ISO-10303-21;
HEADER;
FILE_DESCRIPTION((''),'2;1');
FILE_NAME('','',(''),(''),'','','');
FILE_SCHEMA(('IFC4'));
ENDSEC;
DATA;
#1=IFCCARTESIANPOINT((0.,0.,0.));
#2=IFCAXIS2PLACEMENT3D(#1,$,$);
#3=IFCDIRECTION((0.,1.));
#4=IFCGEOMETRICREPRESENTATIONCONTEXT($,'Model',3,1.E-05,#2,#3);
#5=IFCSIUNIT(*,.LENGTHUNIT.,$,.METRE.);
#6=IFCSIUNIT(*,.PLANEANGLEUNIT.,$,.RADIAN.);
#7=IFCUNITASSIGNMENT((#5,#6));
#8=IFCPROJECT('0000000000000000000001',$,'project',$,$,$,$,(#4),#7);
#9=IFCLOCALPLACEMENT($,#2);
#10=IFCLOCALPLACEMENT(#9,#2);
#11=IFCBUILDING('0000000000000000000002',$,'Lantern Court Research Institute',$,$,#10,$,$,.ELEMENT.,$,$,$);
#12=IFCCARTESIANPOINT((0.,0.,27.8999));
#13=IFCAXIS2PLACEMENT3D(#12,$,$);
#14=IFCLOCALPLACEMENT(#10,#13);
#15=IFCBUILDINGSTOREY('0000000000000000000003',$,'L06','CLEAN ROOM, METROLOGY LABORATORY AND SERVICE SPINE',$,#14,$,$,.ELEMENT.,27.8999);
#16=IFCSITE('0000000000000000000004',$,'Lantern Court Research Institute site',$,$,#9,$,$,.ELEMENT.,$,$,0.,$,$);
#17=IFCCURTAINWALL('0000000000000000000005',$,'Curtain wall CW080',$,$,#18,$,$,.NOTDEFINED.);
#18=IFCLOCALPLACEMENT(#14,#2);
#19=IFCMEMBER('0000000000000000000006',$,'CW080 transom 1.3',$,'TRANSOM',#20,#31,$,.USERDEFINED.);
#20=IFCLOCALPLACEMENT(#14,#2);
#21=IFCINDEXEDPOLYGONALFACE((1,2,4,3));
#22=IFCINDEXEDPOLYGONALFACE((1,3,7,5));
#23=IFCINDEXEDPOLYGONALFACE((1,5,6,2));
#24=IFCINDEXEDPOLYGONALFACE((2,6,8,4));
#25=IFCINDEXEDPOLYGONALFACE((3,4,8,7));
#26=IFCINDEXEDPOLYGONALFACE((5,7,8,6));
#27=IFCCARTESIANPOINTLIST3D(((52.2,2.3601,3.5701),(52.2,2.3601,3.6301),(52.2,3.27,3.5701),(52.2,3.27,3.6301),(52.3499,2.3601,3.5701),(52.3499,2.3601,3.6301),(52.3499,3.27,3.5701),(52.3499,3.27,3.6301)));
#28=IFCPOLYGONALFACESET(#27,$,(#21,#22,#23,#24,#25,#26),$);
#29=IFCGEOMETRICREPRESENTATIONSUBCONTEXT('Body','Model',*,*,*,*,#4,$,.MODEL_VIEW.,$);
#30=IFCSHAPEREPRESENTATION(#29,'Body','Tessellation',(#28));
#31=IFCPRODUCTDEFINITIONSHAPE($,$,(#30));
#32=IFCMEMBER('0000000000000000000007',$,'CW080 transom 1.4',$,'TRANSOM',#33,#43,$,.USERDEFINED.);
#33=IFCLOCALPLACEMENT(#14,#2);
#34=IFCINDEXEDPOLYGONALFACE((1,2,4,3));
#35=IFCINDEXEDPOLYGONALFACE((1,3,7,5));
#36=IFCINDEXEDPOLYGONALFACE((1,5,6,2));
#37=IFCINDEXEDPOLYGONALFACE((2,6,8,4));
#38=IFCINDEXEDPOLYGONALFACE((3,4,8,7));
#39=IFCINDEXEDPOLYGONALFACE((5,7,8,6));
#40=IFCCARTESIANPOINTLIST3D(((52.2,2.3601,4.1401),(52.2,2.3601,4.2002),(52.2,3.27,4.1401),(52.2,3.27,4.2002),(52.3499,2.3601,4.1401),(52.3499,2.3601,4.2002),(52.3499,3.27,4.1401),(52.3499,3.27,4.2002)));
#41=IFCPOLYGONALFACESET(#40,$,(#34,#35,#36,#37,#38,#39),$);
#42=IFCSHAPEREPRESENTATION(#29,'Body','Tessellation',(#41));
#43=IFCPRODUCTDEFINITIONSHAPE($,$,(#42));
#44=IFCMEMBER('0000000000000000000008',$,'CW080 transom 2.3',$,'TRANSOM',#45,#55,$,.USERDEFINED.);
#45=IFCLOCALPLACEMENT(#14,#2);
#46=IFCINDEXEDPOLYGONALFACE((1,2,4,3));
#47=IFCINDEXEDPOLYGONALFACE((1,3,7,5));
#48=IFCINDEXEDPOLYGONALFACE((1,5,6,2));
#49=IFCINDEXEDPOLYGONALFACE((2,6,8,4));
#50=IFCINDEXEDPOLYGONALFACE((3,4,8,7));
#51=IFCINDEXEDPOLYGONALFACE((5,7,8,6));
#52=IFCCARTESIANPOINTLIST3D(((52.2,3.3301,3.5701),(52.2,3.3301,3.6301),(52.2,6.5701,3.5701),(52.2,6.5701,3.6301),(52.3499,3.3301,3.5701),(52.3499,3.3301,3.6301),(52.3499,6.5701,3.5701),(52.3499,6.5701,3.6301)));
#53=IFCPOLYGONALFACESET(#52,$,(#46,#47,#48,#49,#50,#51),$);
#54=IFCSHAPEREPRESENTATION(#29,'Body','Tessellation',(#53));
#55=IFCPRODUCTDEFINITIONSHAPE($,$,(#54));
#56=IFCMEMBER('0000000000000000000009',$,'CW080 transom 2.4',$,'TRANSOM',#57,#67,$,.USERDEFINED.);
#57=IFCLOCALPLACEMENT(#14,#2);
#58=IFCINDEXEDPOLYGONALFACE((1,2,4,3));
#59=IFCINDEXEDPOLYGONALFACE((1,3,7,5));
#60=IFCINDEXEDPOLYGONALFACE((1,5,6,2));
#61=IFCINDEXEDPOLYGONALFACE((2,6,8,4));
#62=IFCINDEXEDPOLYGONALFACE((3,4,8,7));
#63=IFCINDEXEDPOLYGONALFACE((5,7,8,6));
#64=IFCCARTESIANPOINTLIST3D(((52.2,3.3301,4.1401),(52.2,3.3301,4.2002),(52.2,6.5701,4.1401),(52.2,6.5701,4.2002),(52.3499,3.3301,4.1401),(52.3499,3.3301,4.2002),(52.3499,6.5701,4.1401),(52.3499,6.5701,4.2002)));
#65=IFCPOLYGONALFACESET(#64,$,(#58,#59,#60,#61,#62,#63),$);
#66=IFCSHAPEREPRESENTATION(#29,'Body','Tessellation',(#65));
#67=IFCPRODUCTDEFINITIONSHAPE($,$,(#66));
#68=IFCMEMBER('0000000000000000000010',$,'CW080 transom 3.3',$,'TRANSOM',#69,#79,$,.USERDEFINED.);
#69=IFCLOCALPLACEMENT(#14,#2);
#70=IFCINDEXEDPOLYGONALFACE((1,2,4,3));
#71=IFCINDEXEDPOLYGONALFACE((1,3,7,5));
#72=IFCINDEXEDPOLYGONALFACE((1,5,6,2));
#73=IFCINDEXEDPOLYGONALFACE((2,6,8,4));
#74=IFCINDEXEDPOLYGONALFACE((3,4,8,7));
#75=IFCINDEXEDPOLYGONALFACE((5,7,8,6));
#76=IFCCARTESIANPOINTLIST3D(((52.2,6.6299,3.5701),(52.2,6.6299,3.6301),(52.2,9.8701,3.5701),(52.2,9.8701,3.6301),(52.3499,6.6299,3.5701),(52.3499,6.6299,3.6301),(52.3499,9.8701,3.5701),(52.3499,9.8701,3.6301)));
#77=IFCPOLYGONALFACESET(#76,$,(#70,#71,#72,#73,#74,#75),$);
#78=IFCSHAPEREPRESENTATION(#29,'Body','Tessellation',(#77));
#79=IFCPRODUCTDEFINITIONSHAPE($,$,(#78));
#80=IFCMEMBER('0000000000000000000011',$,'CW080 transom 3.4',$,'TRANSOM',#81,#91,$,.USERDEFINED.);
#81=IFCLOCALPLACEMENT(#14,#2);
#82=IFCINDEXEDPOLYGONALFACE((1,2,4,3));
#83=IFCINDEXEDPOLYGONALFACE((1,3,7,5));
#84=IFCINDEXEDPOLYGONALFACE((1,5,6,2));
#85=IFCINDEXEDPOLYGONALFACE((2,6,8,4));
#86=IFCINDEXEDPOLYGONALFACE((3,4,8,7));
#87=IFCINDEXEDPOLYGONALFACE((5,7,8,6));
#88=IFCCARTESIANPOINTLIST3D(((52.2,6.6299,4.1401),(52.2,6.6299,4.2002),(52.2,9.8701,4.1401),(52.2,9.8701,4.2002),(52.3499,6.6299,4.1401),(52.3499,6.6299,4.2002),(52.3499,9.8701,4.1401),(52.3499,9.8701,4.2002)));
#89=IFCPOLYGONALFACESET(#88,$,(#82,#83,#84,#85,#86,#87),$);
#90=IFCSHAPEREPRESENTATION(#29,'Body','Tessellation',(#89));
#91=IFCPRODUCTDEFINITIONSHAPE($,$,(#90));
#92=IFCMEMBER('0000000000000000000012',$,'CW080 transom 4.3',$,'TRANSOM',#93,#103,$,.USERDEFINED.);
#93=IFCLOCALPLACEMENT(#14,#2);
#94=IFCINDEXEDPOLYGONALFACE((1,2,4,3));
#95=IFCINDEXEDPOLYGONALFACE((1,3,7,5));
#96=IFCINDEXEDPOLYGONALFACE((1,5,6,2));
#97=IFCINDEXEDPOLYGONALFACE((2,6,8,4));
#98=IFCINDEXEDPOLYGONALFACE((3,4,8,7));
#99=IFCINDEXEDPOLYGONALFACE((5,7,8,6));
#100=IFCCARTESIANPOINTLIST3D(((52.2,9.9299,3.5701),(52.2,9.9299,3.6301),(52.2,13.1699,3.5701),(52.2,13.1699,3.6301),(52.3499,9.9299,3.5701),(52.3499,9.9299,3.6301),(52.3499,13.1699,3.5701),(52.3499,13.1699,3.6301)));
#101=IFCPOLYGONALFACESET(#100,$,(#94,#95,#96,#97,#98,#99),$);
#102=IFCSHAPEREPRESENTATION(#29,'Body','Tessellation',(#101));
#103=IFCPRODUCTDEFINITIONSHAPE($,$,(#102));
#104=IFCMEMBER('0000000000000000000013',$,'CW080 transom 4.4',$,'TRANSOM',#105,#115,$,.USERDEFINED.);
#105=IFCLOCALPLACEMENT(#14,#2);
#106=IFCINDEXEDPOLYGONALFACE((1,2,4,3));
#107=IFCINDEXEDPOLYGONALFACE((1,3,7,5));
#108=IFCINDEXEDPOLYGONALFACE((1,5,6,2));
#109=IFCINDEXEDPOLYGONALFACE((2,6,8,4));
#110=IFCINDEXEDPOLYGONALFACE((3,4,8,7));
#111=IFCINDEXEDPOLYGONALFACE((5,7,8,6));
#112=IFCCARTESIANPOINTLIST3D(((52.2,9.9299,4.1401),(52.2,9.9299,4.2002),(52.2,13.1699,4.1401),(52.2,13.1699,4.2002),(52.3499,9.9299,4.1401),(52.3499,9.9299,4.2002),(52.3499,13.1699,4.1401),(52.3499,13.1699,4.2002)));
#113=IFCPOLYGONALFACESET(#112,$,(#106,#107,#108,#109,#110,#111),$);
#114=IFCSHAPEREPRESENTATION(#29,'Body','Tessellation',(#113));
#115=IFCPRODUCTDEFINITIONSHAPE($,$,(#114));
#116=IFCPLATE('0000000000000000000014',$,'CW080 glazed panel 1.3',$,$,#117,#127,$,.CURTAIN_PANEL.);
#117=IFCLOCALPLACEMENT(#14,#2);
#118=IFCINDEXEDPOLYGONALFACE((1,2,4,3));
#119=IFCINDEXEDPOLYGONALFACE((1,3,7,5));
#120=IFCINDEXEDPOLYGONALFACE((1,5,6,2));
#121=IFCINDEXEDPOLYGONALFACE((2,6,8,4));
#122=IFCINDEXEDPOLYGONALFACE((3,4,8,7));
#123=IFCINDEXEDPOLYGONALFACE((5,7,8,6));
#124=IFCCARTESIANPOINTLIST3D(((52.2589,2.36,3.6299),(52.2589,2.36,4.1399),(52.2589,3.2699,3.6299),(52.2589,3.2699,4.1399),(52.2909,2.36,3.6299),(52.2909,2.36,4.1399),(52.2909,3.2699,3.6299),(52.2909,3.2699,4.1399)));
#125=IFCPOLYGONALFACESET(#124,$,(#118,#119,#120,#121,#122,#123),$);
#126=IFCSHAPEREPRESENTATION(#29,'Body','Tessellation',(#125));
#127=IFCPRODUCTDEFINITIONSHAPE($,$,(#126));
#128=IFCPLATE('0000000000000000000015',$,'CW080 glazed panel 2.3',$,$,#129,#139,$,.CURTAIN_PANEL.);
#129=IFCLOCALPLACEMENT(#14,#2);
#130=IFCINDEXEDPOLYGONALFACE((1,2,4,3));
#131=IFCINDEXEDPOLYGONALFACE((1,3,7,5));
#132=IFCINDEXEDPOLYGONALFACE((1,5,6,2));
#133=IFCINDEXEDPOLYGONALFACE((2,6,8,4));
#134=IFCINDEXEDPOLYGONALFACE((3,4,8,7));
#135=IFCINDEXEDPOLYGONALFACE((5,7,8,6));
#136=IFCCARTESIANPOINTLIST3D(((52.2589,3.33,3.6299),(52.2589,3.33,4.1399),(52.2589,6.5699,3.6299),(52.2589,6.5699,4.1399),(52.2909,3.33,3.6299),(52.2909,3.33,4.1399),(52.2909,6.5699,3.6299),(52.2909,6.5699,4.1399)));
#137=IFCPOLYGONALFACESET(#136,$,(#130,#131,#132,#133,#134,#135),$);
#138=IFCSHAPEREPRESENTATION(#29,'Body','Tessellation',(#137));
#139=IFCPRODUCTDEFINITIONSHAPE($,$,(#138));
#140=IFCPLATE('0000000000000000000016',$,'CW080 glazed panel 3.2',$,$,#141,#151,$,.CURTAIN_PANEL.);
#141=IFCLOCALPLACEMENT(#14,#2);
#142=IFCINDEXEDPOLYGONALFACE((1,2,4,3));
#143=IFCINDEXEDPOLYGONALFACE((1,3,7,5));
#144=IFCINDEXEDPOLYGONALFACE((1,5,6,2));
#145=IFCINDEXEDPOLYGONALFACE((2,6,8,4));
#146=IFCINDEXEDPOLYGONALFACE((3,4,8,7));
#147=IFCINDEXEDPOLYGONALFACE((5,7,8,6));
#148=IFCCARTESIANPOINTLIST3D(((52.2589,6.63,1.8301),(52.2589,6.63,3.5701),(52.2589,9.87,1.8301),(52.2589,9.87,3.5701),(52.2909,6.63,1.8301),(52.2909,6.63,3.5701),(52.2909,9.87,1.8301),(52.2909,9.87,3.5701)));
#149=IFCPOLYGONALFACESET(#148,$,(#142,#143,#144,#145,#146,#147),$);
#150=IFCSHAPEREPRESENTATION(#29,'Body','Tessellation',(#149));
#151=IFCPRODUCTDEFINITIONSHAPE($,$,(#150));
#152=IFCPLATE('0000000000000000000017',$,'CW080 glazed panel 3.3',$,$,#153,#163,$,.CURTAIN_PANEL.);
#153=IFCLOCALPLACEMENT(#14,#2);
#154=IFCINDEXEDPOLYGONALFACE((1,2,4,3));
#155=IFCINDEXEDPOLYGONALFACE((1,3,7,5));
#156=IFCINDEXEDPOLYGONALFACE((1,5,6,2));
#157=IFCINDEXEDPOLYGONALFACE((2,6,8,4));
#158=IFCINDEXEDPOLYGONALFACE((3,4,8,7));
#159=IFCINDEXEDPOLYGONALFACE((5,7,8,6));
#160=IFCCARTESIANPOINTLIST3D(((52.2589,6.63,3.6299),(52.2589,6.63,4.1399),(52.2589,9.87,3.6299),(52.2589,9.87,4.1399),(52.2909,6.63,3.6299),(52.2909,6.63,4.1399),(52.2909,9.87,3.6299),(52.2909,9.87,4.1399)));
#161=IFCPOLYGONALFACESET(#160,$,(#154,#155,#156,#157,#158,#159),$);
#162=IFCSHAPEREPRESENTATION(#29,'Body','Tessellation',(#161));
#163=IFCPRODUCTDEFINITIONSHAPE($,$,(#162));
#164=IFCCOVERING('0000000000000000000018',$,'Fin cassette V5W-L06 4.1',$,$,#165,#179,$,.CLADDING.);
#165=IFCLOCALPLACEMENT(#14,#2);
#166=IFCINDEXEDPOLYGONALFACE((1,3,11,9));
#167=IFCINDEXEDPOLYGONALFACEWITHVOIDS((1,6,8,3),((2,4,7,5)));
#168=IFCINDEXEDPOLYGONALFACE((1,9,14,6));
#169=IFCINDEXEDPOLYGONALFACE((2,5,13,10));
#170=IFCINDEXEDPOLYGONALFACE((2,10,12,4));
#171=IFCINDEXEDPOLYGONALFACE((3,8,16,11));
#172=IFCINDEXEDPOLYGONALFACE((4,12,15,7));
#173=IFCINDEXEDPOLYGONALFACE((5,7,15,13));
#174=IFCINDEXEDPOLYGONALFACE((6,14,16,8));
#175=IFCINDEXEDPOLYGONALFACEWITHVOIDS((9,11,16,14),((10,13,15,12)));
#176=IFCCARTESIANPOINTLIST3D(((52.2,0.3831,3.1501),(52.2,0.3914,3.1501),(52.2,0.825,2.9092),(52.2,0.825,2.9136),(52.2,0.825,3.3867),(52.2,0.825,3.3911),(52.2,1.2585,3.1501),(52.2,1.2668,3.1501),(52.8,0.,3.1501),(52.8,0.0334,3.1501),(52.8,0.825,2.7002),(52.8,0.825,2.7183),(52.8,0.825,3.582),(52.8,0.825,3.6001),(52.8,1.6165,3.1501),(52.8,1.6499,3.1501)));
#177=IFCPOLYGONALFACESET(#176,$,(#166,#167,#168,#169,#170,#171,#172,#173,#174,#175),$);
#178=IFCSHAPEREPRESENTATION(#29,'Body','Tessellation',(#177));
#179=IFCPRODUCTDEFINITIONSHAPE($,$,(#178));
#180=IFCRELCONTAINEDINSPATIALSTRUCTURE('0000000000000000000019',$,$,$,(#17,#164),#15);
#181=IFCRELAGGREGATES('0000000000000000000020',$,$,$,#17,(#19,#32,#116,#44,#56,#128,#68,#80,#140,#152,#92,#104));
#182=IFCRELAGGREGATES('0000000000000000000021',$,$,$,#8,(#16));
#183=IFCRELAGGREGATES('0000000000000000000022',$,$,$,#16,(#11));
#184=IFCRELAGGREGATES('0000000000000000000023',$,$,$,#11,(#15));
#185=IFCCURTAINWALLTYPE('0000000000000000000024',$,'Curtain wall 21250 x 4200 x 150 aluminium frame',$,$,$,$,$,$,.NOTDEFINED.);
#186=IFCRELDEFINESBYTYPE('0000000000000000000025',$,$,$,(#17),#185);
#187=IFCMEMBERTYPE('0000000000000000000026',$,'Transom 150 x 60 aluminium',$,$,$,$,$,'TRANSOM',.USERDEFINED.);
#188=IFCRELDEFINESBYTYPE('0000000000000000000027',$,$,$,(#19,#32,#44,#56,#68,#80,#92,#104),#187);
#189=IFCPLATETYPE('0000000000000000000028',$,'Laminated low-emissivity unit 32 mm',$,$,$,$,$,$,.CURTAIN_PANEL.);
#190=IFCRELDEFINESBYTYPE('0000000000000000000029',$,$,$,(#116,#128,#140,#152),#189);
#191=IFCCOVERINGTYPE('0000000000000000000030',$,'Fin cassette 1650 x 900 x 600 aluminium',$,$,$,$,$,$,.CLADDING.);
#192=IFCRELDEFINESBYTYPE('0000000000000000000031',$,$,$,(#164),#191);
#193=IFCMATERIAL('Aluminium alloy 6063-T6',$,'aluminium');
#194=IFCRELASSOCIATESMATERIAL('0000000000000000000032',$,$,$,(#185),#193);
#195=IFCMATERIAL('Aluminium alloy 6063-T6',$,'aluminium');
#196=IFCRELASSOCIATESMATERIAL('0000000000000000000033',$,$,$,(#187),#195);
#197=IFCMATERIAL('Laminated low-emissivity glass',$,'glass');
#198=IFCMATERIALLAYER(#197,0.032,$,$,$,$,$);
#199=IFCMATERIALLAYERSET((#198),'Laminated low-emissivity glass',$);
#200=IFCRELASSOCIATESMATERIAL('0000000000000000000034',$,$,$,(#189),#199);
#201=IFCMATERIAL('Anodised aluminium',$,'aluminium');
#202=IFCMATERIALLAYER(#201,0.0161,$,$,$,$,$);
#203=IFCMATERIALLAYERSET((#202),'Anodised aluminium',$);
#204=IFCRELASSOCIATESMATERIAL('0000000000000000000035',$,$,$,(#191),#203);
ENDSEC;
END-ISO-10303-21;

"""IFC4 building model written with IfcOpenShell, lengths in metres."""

from ifc_helpers import new_model, entity, si_unit, direction, frame, origin, origin_2d, place, context, subcontext, project, spatial, rectangle, extrude, material, layer, layer_set, material_profile, profile_set, type_object, element, aggregate, save


model = new_model("IFC4")

# Units and contexts
model_context = context("Model", 3, precision=1e-05, world=origin(), true_north=direction((0.0, 1.0)))
body_context = subcontext(model_context, "Body", "Model", "MODEL_VIEW")
ifc_project = project(units=[si_unit("LENGTHUNIT", "METRE"), si_unit("PLANEANGLEUNIT", "RADIAN")], contexts=[model_context])

# Site, building, storey
site_placement = place(None, origin())
site = spatial("IfcSite", under=ifc_project, at=site_placement, Name="Lantern Court Research Institute site", CompositionType="ELEMENT", RefElevation=0.0)
building_placement = place(site_placement, origin())
building = spatial("IfcBuilding", under=site, at=building_placement, Name="Lantern Court Research Institute", CompositionType="ELEMENT")
storey_placement = place(building_placement, frame((0.0, 0.0, 27.8999)))
storey = spatial("IfcBuildingStorey", under=building, at=storey_placement, Name="L06", Description="CLEAN ROOM, METROLOGY LABORATORY AND SERVICE SPINE", CompositionType="ELEMENT", Elevation=27.8999)

# Curtain wall, members, plates
ifc_material_1 = material(Name="Aluminium alloy 6063-T6", Category="aluminium")
curtain_wall_type = type_object("IfcCurtainWallType", Name="Curtain wall 21250 x 4200 x 150 aluminium frame", PredefinedType="NOTDEFINED", material=ifc_material_1)
curtain_wall_placement = place(storey_placement, origin())
curtain_wall = element("IfcCurtainWall", 1, at=curtain_wall_placement, inside=storey, type_object=curtain_wall_type, Name="Curtain wall CW080", PredefinedType="NOTDEFINED")
ifc_material_2 = material(Name="Aluminium alloy 6063-T6", Category="aluminium")
ifc_material_profile = material_profile(ifc_material_2, rectangle(XDim=0.1499, YDim=0.0601, at=origin_2d()), Name="Transom 150 x 60")
ifc_profile_set = profile_set([ifc_material_profile], Name="Aluminium alloy 6063-T6")
member_type = type_object("IfcMemberType", Name="Transom 150 x 60 aluminium", ElementType="TRANSOM", PredefinedType="USERDEFINED", material=ifc_profile_set)
member_1_placement = place(storey_placement, frame((52.2749, 2.3601, 3.6001), z_axis=(0.0, 1.0, 0.0), x_axis=(-1.0, 0.0, 0.0)))
member_1 = element("IfcMember", 2, at=member_1_placement, type_object=member_type, Name="CW080 transom 1.3", ObjectType="TRANSOM", PredefinedType="USERDEFINED", context=body_context, shape_type="SweptSolid", body=[
    extrude(rectangle(XDim=0.1499, YDim=0.0601, at=origin_2d()), origin(), (0.0, 0.0, 1.0), 0.9099),
])
member_2_placement = place(storey_placement, frame((52.2749, 2.3601, 4.1702), z_axis=(0.0, 1.0, 0.0), x_axis=(-1.0, 0.0, 0.0)))
member_2 = element("IfcMember", 3, at=member_2_placement, type_object=member_type, Name="CW080 transom 1.4", ObjectType="TRANSOM", PredefinedType="USERDEFINED", context=body_context, shape_type="SweptSolid", body=[
    extrude(rectangle(XDim=0.1499, YDim=0.0601, at=origin_2d()), origin(), (0.0, 0.0, 1.0), 0.9099),
])
member_3_placement = place(storey_placement, frame((52.2749, 3.3301, 3.6001), z_axis=(0.0, 1.0, 0.0), x_axis=(-1.0, 0.0, 0.0)))
member_3 = element("IfcMember", 4, at=member_3_placement, type_object=member_type, Name="CW080 transom 2.3", ObjectType="TRANSOM", PredefinedType="USERDEFINED", context=body_context, shape_type="SweptSolid", body=[
    extrude(rectangle(XDim=0.1499, YDim=0.0601, at=origin_2d()), origin(), (0.0, 0.0, 1.0), 3.24),
])
member_4_placement = place(storey_placement, frame((52.2749, 3.3301, 4.1702), z_axis=(0.0, 1.0, 0.0), x_axis=(-1.0, 0.0, 0.0)))
member_4 = element("IfcMember", 5, at=member_4_placement, type_object=member_type, Name="CW080 transom 2.4", ObjectType="TRANSOM", PredefinedType="USERDEFINED", context=body_context, shape_type="SweptSolid", body=[
    extrude(rectangle(XDim=0.1499, YDim=0.0601, at=origin_2d()), origin(), (0.0, 0.0, 1.0), 3.24),
])
member_5_placement = place(storey_placement, frame((52.2749, 6.6299, 3.6001), z_axis=(0.0, 1.0, 0.0), x_axis=(-1.0, 0.0, 0.0)))
member_5 = element("IfcMember", 6, at=member_5_placement, type_object=member_type, Name="CW080 transom 3.3", ObjectType="TRANSOM", PredefinedType="USERDEFINED", context=body_context, shape_type="SweptSolid", body=[
    extrude(rectangle(XDim=0.1499, YDim=0.0601, at=origin_2d()), origin(), (0.0, 0.0, 1.0), 3.2402),
])
member_6_placement = place(storey_placement, frame((52.2749, 6.6299, 4.1702), z_axis=(0.0, 1.0, 0.0), x_axis=(-1.0, 0.0, 0.0)))
member_6 = element("IfcMember", 7, at=member_6_placement, type_object=member_type, Name="CW080 transom 3.4", ObjectType="TRANSOM", PredefinedType="USERDEFINED", context=body_context, shape_type="SweptSolid", body=[
    extrude(rectangle(XDim=0.1499, YDim=0.0601, at=origin_2d()), origin(), (0.0, 0.0, 1.0), 3.2402),
])
member_7_placement = place(storey_placement, frame((52.2749, 9.9299, 3.6001), z_axis=(0.0, 1.0, 0.0), x_axis=(-1.0, 0.0, 0.0)))
member_7 = element("IfcMember", 8, at=member_7_placement, type_object=member_type, Name="CW080 transom 4.3", ObjectType="TRANSOM", PredefinedType="USERDEFINED", context=body_context, shape_type="SweptSolid", body=[
    extrude(rectangle(XDim=0.1499, YDim=0.0601, at=origin_2d()), origin(), (0.0, 0.0, 1.0), 3.24),
])
member_8_placement = place(storey_placement, frame((52.2749, 9.9299, 4.1702), z_axis=(0.0, 1.0, 0.0), x_axis=(-1.0, 0.0, 0.0)))
member_8 = element("IfcMember", 9, at=member_8_placement, type_object=member_type, Name="CW080 transom 4.4", ObjectType="TRANSOM", PredefinedType="USERDEFINED", context=body_context, shape_type="SweptSolid", body=[
    extrude(rectangle(XDim=0.1499, YDim=0.0601, at=origin_2d()), origin(), (0.0, 0.0, 1.0), 3.24),
])
ifc_material_3 = material(Name="Laminated low-emissivity glass", Category="glass")
ifc_layer_1 = layer(ifc_material_3, 0.032)
ifc_layer_set_1 = layer_set([ifc_layer_1], Name="Laminated low-emissivity glass")
plate_type = type_object("IfcPlateType", Name="Laminated low-emissivity unit 32 mm", PredefinedType="CURTAIN_PANEL", material=ifc_layer_set_1)
plate_1_placement = place(storey_placement, frame((52.2749, 2.8149, 3.6299), z_axis=(0.0, 0.0, 1.0), x_axis=(0.0, 1.0, 0.0)))
plate_1 = element("IfcPlate", 10, at=plate_1_placement, type_object=plate_type, Name="CW080 glazed panel 1.3", PredefinedType="CURTAIN_PANEL", context=body_context, shape_type="SweptSolid", body=[
    extrude(rectangle(XDim=0.9099, YDim=0.032, at=origin_2d()), origin(), (0.0, 0.0, 1.0), 0.51),
])
plate_2_placement = place(storey_placement, frame((52.2749, 4.95, 3.6299), z_axis=(0.0, 0.0, 1.0), x_axis=(0.0, 1.0, 0.0)))
plate_2 = element("IfcPlate", 11, at=plate_2_placement, type_object=plate_type, Name="CW080 glazed panel 2.3", PredefinedType="CURTAIN_PANEL", context=body_context, shape_type="SweptSolid", body=[
    extrude(rectangle(XDim=3.24, YDim=0.032, at=origin_2d()), origin(), (0.0, 0.0, 1.0), 0.51),
])
plate_3_placement = place(storey_placement, frame((52.2749, 8.25, 1.8301), z_axis=(0.0, 0.0, 1.0), x_axis=(0.0, 1.0, 0.0)))
plate_3 = element("IfcPlate", 12, at=plate_3_placement, type_object=plate_type, Name="CW080 glazed panel 3.2", PredefinedType="CURTAIN_PANEL", context=body_context, shape_type="SweptSolid", body=[
    extrude(rectangle(XDim=3.24, YDim=0.032, at=origin_2d()), origin(), (0.0, 0.0, 1.0), 1.74),
])
plate_4_placement = place(storey_placement, frame((52.2749, 8.25, 3.6299), z_axis=(0.0, 0.0, 1.0), x_axis=(0.0, 1.0, 0.0)))
plate_4 = element("IfcPlate", 13, at=plate_4_placement, type_object=plate_type, Name="CW080 glazed panel 3.3", PredefinedType="CURTAIN_PANEL", context=body_context, shape_type="SweptSolid", body=[
    extrude(rectangle(XDim=3.24, YDim=0.032, at=origin_2d()), origin(), (0.0, 0.0, 1.0), 0.51),
])
aggregate(curtain_wall, [member_1, member_2, plate_1, member_3, member_4, plate_2, member_5, member_6, plate_3, plate_4, member_7, member_8])

# Covering
ifc_material_4 = material(Name="Anodised aluminium", Category="aluminium")
ifc_layer_2 = layer(ifc_material_4, 0.0161)
ifc_layer_set_2 = layer_set([ifc_layer_2], Name="Anodised aluminium")
covering_type = type_object("IfcCoveringType", Name="Fin cassette 1650 x 900 x 600 aluminium", PredefinedType="CLADDING", material=ifc_layer_set_2)
covering_1_placement = place(storey_placement, frame((52.8, 0.825, 3.1501), z_axis=(-1.0, 0.0, 0.0), x_axis=(0.0, -1.0, 0.0)))
cartesian_point_1 = entity("IfcCartesianPoint", [0.825, 0.0])
cartesian_point_2 = entity("IfcCartesianPoint", [0.7915, 0.0])
cartesian_point_3 = entity("IfcCartesianPoint", [0.4419, 0.0])
cartesian_point_4 = entity("IfcCartesianPoint", [0.4336, 0.0])
element("IfcCovering", 14, at=covering_1_placement, inside=storey, type_object=covering_type, Name="Fin cassette V5W-L06 4.1", PredefinedType="CLADDING", context=body_context, shape_type="SweptSolid", body=[
    entity("IfcExtrudedAreaSolidTapered", entity("IfcArbitraryProfileDefWithVoids", "AREA", None, entity("IfcPolyline", [cartesian_point_1, entity("IfcCartesianPoint", [0.0, 0.45]), entity("IfcCartesianPoint", [-0.825, 0.0]), entity("IfcCartesianPoint", [0.0, -0.45]), cartesian_point_1]), [entity("IfcPolyline", [cartesian_point_2, entity("IfcCartesianPoint", [0.0, 0.4319]), entity("IfcCartesianPoint", [-0.7915, 0.0]), entity("IfcCartesianPoint", [0.0, -0.4319]), cartesian_point_2])]), entity("IfcAxis2Placement3D", entity("IfcCartesianPoint", [0.0, 0.0, 0.0])), entity("IfcDirection", [0.0, 0.0, 1.0]), 0.6001, entity("IfcArbitraryProfileDefWithVoids", "AREA", None, entity("IfcPolyline", [cartesian_point_3, entity("IfcCartesianPoint", [0.0, 0.241]), entity("IfcCartesianPoint", [-0.4419, 0.0]), entity("IfcCartesianPoint", [0.0, -0.241]), cartesian_point_3]), [entity("IfcPolyline", [cartesian_point_4, entity("IfcCartesianPoint", [0.0, 0.2366]), entity("IfcCartesianPoint", [-0.4336, 0.0]), entity("IfcCartesianPoint", [0.0, -0.2366]), cartesian_point_4])])),
])

save(model, "model.ifc")
